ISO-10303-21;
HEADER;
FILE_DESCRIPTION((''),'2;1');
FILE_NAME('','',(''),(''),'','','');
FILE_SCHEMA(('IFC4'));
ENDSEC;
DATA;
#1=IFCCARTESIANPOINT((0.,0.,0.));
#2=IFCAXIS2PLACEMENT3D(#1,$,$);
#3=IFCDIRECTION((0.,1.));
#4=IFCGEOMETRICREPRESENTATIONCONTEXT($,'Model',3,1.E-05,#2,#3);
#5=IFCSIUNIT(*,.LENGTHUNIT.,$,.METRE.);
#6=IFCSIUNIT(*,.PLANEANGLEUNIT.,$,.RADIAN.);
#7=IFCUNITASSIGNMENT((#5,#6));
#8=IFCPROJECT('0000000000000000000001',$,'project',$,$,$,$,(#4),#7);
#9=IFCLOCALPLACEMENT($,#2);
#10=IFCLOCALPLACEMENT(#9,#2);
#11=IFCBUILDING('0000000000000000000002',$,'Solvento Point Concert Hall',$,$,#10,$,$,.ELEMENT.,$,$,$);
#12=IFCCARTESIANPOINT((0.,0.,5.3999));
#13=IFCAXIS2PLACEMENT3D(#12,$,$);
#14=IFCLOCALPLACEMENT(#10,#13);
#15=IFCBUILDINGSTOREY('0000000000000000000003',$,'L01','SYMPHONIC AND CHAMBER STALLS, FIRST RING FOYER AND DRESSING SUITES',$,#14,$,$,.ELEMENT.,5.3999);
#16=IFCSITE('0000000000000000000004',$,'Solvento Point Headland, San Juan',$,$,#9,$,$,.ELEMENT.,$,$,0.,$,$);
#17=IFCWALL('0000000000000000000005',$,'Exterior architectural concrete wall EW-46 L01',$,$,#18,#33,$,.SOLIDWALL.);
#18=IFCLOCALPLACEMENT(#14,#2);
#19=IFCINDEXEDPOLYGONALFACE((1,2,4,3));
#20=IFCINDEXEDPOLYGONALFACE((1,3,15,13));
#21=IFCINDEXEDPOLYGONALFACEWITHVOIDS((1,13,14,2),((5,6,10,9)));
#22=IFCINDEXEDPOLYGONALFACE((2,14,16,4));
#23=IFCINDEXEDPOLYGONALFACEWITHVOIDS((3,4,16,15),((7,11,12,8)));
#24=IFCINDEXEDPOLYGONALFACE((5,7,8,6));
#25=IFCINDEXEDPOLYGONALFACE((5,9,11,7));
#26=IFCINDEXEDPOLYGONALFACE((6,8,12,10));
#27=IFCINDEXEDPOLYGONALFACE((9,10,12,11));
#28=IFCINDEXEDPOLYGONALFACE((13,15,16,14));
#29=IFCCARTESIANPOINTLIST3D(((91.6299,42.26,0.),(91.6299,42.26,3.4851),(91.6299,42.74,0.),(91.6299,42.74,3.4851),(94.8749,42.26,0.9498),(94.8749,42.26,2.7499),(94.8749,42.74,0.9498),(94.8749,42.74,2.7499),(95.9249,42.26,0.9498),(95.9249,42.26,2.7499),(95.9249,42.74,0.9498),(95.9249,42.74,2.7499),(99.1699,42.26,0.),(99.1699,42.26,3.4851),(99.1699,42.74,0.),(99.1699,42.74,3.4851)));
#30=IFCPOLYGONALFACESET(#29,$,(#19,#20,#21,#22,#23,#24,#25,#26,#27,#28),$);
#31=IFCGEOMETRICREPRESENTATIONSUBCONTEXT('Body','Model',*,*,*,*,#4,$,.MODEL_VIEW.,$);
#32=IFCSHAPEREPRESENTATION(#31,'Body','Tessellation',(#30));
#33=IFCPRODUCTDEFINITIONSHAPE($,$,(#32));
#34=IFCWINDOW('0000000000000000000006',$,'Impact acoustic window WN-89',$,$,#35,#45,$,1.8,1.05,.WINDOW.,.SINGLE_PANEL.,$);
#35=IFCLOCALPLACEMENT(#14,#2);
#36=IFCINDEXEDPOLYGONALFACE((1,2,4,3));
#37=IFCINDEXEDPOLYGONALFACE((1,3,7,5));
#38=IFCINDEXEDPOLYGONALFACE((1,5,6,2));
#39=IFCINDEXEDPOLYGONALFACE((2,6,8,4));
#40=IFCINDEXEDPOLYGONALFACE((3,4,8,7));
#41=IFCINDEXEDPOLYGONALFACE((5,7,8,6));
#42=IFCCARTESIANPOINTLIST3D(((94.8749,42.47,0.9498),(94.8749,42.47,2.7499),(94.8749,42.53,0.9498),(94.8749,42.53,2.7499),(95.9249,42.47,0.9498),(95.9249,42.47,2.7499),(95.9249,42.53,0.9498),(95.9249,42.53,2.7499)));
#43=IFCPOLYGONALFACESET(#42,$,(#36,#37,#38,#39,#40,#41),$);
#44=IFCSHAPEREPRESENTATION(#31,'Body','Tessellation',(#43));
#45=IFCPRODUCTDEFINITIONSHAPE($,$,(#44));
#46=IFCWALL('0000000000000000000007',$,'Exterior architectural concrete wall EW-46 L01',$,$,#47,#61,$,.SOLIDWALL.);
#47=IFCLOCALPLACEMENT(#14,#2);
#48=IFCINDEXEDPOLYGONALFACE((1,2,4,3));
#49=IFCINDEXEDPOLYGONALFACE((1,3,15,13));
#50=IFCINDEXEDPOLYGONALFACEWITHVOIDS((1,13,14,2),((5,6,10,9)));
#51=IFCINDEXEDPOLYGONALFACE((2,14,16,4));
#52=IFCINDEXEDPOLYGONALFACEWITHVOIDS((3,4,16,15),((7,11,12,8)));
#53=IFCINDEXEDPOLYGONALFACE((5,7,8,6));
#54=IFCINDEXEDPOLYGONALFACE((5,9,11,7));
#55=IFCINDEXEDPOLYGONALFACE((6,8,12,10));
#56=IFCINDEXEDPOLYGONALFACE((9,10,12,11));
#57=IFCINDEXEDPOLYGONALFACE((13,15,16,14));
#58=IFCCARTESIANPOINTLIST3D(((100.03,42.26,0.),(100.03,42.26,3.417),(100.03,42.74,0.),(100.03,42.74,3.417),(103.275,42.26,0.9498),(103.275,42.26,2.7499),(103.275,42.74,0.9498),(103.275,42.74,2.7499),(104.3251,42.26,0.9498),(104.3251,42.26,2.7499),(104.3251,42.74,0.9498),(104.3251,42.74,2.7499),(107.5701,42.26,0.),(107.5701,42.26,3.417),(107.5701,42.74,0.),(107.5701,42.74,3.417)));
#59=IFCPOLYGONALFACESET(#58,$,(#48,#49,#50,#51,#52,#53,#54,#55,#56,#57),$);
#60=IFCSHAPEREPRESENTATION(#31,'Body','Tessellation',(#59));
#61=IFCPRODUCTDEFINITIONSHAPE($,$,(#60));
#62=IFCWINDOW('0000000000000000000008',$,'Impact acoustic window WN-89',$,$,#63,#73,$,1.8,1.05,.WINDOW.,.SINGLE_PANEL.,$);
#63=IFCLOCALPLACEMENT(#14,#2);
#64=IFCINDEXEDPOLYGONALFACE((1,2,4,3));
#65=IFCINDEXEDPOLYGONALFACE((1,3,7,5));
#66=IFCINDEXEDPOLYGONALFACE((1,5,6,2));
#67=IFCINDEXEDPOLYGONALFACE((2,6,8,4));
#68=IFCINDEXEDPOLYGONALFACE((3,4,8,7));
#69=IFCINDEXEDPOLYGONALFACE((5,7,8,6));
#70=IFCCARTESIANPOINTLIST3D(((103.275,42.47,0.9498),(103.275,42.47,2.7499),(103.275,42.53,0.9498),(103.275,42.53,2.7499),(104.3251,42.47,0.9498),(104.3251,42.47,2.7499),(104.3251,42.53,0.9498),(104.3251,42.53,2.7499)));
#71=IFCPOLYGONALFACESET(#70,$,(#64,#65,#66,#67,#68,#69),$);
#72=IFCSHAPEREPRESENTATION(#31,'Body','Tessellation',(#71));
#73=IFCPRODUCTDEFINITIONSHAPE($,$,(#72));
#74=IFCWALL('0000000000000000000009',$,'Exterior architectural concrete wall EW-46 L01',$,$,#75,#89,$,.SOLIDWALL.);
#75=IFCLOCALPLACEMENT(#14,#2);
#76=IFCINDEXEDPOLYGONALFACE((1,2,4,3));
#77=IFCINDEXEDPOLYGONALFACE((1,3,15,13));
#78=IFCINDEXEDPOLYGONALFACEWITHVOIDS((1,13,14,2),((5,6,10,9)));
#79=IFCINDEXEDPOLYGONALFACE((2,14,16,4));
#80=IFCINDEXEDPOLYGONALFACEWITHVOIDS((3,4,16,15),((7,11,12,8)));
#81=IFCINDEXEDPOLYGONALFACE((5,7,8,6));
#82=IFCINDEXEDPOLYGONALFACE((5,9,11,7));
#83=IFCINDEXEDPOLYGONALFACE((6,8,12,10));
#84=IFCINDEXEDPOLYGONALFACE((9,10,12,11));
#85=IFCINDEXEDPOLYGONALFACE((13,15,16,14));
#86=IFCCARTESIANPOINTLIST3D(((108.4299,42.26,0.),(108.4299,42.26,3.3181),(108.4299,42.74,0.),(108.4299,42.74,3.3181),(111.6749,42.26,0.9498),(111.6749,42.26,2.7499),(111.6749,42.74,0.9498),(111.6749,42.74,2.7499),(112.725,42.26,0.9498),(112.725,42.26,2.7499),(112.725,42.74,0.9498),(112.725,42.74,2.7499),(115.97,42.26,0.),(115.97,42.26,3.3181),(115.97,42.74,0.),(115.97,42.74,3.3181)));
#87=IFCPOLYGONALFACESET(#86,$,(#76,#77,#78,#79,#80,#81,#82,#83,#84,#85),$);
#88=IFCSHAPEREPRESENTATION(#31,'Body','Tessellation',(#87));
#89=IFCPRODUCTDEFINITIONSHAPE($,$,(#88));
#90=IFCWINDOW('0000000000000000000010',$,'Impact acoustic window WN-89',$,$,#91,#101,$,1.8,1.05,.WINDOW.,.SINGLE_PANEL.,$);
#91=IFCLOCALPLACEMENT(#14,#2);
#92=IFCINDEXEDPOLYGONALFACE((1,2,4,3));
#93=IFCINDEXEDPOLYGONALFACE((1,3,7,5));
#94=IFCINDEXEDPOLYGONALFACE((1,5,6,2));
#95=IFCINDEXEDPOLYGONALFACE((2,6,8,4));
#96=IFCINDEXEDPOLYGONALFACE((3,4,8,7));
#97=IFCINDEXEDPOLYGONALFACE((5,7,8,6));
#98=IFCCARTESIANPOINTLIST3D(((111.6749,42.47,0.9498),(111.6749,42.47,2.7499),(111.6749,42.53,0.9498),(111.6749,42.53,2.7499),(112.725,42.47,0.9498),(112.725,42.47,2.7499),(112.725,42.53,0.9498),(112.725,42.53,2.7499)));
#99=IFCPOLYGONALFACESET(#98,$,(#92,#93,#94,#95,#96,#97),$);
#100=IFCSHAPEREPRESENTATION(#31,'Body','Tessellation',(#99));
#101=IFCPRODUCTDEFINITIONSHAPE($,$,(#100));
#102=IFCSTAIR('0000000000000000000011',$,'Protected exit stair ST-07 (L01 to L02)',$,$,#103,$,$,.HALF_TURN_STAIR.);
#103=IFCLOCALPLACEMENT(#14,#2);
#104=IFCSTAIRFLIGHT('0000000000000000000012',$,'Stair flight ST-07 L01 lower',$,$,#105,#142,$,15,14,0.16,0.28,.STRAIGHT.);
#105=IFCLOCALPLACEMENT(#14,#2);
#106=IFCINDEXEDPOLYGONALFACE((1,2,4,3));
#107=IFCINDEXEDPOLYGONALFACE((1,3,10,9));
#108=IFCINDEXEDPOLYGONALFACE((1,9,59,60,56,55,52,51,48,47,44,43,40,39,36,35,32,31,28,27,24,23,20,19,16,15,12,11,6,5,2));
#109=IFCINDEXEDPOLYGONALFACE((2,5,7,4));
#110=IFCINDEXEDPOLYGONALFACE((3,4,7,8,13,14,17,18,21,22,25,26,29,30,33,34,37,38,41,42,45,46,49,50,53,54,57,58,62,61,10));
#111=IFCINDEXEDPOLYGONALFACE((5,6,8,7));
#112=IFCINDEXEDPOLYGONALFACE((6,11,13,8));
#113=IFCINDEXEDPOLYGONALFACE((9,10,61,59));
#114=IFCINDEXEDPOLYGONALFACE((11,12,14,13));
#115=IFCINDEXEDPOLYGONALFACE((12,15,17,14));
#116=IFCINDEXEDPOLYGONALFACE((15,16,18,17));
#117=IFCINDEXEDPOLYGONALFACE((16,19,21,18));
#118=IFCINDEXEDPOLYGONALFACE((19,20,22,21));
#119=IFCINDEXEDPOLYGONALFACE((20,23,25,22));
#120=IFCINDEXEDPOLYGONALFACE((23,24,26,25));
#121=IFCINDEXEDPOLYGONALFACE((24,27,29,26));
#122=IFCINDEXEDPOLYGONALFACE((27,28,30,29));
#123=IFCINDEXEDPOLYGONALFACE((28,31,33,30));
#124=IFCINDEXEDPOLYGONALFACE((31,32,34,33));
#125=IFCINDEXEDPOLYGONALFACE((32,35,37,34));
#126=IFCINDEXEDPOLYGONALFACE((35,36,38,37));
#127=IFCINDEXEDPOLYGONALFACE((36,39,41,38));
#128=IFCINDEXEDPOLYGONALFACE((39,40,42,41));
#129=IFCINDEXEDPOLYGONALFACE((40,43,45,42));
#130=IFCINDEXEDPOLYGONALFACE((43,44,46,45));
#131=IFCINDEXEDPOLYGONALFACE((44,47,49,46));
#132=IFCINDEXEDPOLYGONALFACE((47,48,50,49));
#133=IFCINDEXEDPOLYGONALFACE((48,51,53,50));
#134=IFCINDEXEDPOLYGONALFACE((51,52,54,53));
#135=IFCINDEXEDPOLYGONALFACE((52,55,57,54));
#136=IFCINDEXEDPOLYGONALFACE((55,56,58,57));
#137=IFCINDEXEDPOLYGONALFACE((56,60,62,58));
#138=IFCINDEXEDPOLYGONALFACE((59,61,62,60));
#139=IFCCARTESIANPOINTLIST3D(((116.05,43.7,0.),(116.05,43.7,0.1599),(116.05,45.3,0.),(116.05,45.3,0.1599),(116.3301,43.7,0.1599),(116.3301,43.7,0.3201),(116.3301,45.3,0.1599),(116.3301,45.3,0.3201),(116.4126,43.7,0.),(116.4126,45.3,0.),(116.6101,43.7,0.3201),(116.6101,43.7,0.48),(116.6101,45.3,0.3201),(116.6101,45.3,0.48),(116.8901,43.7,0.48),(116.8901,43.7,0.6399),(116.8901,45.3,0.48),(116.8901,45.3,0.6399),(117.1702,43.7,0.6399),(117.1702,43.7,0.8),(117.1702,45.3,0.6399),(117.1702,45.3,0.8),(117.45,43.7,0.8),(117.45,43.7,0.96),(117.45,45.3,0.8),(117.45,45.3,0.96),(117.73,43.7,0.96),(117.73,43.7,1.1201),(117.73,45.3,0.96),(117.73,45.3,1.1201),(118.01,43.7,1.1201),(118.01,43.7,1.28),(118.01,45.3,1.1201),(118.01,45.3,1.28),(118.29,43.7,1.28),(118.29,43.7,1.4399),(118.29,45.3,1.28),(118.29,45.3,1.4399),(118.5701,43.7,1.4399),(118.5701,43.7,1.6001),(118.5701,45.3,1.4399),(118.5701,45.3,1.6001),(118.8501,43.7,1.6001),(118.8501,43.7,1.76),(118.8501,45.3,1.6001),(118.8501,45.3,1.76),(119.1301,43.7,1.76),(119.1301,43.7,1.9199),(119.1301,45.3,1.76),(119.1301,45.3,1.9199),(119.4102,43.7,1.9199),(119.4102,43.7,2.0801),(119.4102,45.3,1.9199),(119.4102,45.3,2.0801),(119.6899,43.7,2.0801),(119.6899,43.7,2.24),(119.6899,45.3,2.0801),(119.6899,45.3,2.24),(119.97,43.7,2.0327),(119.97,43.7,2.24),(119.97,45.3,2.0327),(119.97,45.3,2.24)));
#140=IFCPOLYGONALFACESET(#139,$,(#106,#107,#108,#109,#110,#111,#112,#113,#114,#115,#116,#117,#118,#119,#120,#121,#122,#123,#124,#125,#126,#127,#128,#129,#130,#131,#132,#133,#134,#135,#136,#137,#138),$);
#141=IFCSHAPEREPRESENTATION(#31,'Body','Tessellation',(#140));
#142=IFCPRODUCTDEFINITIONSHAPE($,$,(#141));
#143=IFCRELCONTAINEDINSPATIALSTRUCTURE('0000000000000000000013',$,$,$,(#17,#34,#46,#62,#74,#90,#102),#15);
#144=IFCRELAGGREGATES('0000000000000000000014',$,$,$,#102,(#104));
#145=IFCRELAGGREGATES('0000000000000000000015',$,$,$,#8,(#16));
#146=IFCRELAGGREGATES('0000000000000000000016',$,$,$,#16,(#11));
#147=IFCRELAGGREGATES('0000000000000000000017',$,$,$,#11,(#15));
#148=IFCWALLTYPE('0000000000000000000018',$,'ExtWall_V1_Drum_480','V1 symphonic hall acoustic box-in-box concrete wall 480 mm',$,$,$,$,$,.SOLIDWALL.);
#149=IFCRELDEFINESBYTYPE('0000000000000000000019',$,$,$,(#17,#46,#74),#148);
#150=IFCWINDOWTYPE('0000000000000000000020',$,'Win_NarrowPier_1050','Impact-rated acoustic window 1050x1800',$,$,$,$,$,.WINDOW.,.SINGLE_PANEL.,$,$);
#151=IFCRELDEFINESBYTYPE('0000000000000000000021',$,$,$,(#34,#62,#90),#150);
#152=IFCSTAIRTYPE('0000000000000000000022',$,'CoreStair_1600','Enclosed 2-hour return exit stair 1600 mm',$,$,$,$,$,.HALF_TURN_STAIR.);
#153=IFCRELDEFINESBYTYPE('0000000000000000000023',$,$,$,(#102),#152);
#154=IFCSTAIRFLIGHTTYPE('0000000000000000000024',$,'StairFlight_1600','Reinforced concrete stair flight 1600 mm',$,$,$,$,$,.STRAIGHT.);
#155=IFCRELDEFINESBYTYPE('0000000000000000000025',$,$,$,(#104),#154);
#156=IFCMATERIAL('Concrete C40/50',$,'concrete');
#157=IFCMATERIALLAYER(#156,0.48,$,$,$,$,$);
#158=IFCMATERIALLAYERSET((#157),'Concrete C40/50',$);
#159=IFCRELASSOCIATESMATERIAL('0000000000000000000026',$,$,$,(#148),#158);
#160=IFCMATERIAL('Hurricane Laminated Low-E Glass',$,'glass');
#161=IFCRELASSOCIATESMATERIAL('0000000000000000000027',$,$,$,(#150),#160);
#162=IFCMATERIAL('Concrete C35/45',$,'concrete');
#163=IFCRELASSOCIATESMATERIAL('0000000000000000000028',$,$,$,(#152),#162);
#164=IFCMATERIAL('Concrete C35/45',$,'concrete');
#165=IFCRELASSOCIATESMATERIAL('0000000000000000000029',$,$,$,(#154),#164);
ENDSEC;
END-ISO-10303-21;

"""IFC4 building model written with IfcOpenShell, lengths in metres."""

from ifc_helpers import new_model, si_unit, direction, frame, frame_2d, origin, place, context, subcontext, project, spatial, polyline, rectangle, outline, extrude, material, layer, layer_set, type_object, element, fill, aggregate, save


model = new_model("IFC4")

# Units and contexts
model_context = context("Model", 3, precision=1e-05, world=origin(), true_north=direction((0.0, 1.0)))
body_context = subcontext(model_context, "Body", "Model", "MODEL_VIEW")
ifc_project = project(units=[si_unit("LENGTHUNIT", "METRE"), si_unit("PLANEANGLEUNIT", "RADIAN")], contexts=[model_context])

# Site, building, storey
site_placement = place(None, origin())
site = spatial("IfcSite", under=ifc_project, at=site_placement, Name="Solvento Point Headland, San Juan", CompositionType="ELEMENT", RefElevation=0.0)
building_placement = place(site_placement, origin())
building = spatial("IfcBuilding", under=site, at=building_placement, Name="Solvento Point Concert Hall", CompositionType="ELEMENT")
storey_placement = place(building_placement, frame((0.0, 0.0, 5.3999)))
storey = spatial("IfcBuildingStorey", under=building, at=storey_placement, Name="L01", Description="SYMPHONIC AND CHAMBER STALLS, FIRST RING FOYER AND DRESSING SUITES", CompositionType="ELEMENT", Elevation=5.3999)

# Walls, openings, windows
ifc_material_1 = material(Name="Concrete C40/50", Category="concrete")
ifc_layer_1 = layer(ifc_material_1, 0.48)
ifc_layer_set_1 = layer_set([ifc_layer_1], Name="Concrete C40/50")
wall_type_1 = type_object("IfcWallType", Name="ExtWall_V1_Drum_480", Description="V1 symphonic hall acoustic box-in-box concrete wall 480 mm", PredefinedType="SOLIDWALL", material=ifc_layer_set_1)
wall_1_placement = place(storey_placement, frame((99.1699, 42.5, 0.0), z_axis=(0.0, 0.0, 1.0), x_axis=(-1.0, 0.0, 0.0)))
wall_1 = element("IfcWall", 1, at=wall_1_placement, inside=storey, type_object=wall_type_1, Name="Exterior architectural concrete wall EW-46 L01", PredefinedType="SOLIDWALL", context=body_context, shape_type="SweptSolid", body=[
    extrude(rectangle(XDim=7.54, YDim=0.48, at=frame_2d((3.77, 0.0))), origin(), (0.0, 0.0, 1.0), 3.4851),
])
opening_1_placement = place(wall_1_placement, frame((3.2451, 0.0, 0.95)))
opening_1 = element("IfcOpeningElement", 2, at=opening_1_placement, cuts=wall_1, PredefinedType="OPENING", context=body_context, shape_type="SweptSolid", body=[
    extrude(rectangle(XDim=1.05, YDim=1.8, at=frame_2d((0.5249, 0.8999))), frame((0.0, 0.25, 0.0), z_axis=(0.0, -1.0, 0.0), x_axis=(1.0, 0.0, 0.0)), (0.0, 0.0, 1.0), 0.5),
])
ifc_material_2 = material(Name="Hurricane Laminated Low-E Glass", Category="glass")
window_type = type_object("IfcWindowType", Name="Win_NarrowPier_1050", Description="Impact-rated acoustic window 1050x1800", PartitioningType="SINGLE_PANEL", PredefinedType="WINDOW", material=ifc_material_2)
window_1_placement = place(opening_1_placement, origin())
window_1 = element("IfcWindow", 3, at=window_1_placement, inside=storey, type_object=window_type, Name="Impact acoustic window WN-89", OverallHeight=1.8, OverallWidth=1.05, PartitioningType="SINGLE_PANEL", PredefinedType="WINDOW", context=body_context, shape_type="SweptSolid", body=[
    extrude(rectangle(XDim=1.05, YDim=1.8, at=frame_2d((0.5249, 0.8999))), frame((0.0, 0.03, 0.0), z_axis=(0.0, -1.0, 0.0), x_axis=(1.0, 0.0, 0.0)), (0.0, 0.0, 1.0), 0.0601),
])
fill(opening_1, window_1)
wall_2_placement = place(storey_placement, frame((107.5701, 42.5, 0.0), z_axis=(0.0, 0.0, 1.0), x_axis=(-1.0, 0.0, 0.0)))
wall_2 = element("IfcWall", 4, at=wall_2_placement, inside=storey, type_object=wall_type_1, Name="Exterior architectural concrete wall EW-46 L01", PredefinedType="SOLIDWALL", context=body_context, shape_type="SweptSolid", body=[
    extrude(rectangle(XDim=7.54, YDim=0.48, at=frame_2d((3.77, 0.0))), origin(), (0.0, 0.0, 1.0), 3.417),
])
opening_2_placement = place(wall_2_placement, frame((3.2451, 0.0, 0.95)))
opening_2 = element("IfcOpeningElement", 5, at=opening_2_placement, cuts=wall_2, PredefinedType="OPENING", context=body_context, shape_type="SweptSolid", body=[
    extrude(rectangle(XDim=1.05, YDim=1.8, at=frame_2d((0.5249, 0.8999))), frame((0.0, 0.25, 0.0), z_axis=(0.0, -1.0, 0.0), x_axis=(1.0, 0.0, 0.0)), (0.0, 0.0, 1.0), 0.5),
])
window_2_placement = place(opening_2_placement, origin())
window_2 = element("IfcWindow", 6, at=window_2_placement, inside=storey, type_object=window_type, Name="Impact acoustic window WN-89", OverallHeight=1.8, OverallWidth=1.05, PartitioningType="SINGLE_PANEL", PredefinedType="WINDOW", context=body_context, shape_type="SweptSolid", body=[
    extrude(rectangle(XDim=1.05, YDim=1.8, at=frame_2d((0.5249, 0.8999))), frame((0.0, 0.03, 0.0), z_axis=(0.0, -1.0, 0.0), x_axis=(1.0, 0.0, 0.0)), (0.0, 0.0, 1.0), 0.0601),
])
fill(opening_2, window_2)
wall_3_placement = place(storey_placement, frame((115.97, 42.5, 0.0), z_axis=(0.0, 0.0, 1.0), x_axis=(-1.0, 0.0, 0.0)))
wall_3 = element("IfcWall", 7, at=wall_3_placement, inside=storey, type_object=wall_type_1, Name="Exterior architectural concrete wall EW-46 L01", PredefinedType="SOLIDWALL", context=body_context, shape_type="SweptSolid", body=[
    extrude(rectangle(XDim=7.54, YDim=0.48, at=frame_2d((3.77, 0.0))), origin(), (0.0, 0.0, 1.0), 3.3181),
])
opening_3_placement = place(wall_3_placement, frame((3.2451, 0.0, 0.95)))
opening_3 = element("IfcOpeningElement", 8, at=opening_3_placement, cuts=wall_3, PredefinedType="OPENING", context=body_context, shape_type="SweptSolid", body=[
    extrude(rectangle(XDim=1.05, YDim=1.8, at=frame_2d((0.5249, 0.8999))), frame((0.0, 0.25, 0.0), z_axis=(0.0, -1.0, 0.0), x_axis=(1.0, 0.0, 0.0)), (0.0, 0.0, 1.0), 0.5),
])
window_3_placement = place(opening_3_placement, origin())
window_3 = element("IfcWindow", 9, at=window_3_placement, inside=storey, type_object=window_type, Name="Impact acoustic window WN-89", OverallHeight=1.8, OverallWidth=1.05, PartitioningType="SINGLE_PANEL", PredefinedType="WINDOW", context=body_context, shape_type="SweptSolid", body=[
    extrude(rectangle(XDim=1.05, YDim=1.8, at=frame_2d((0.5249, 0.8999))), frame((0.0, 0.03, 0.0), z_axis=(0.0, -1.0, 0.0), x_axis=(1.0, 0.0, 0.0)), (0.0, 0.0, 1.0), 0.0601),
])
fill(opening_3, window_3)

# Stair, stair flight
ifc_material_3 = material(Name="Concrete C35/45", Category="concrete")
stair_type_1 = type_object("IfcStairType", Name="CoreStair_1600", Description="Enclosed 2-hour return exit stair 1600 mm", PredefinedType="HALF_TURN_STAIR", material=ifc_material_3)
stair_1_placement = place(storey_placement, origin())
stair_1 = element("IfcStair", 10, at=stair_1_placement, inside=storey, type_object=stair_type_1, Name="Protected exit stair ST-07 (L01 to L02)", PredefinedType="HALF_TURN_STAIR")
ifc_material_4 = material(Name="Concrete C35/45", Category="concrete")
stair_flight_type_1 = type_object("IfcStairFlightType", Name="StairFlight_1600", Description="Reinforced concrete stair flight 1600 mm", PredefinedType="STRAIGHT", material=ifc_material_4)
stair_flight_1_placement = place(storey_placement, frame((116.05, 44.5, 0.0), z_axis=(0.0, 0.0, 1.0), x_axis=(1.0, 0.0, 0.0)))
stair_flight_1 = element("IfcStairFlight", 11, at=stair_flight_1_placement, type_object=stair_flight_type_1, Name="Stair flight ST-07 L01 lower", NumberOfRisers=15, NumberOfTreads=14, PredefinedType="STRAIGHT", RiserHeight=0.16, TreadLength=0.28, context=body_context, shape_type="SweptSolid", body=[
    extrude(outline(polyline([(0.0, 0.0), (0.0, 0.1599), (0.28, 0.1599), (0.28, 0.3201), (0.5601, 0.3201), (0.5601, 0.48), (0.8401, 0.48), (0.8401, 0.6399), (1.1201, 0.6399), (1.1201, 0.8), (1.3999, 0.8), (1.3999, 0.96), (1.6799, 0.96), (1.6799, 1.1201), (1.96, 1.1201), (1.96, 1.28), (2.24, 1.28), (2.24, 1.4399), (2.52, 1.4399), (2.52, 1.6001), (2.8, 1.6001), (2.8, 1.76), (3.0801, 1.76), (3.0801, 1.9199), (3.3601, 1.9199), (3.3601, 2.0801), (3.6399, 2.0801), (3.6399, 2.24), (3.9199, 2.24), (3.9199, 2.3999), (3.9199, 2.0327), (0.3625, 0.0), (0.0, 0.0)])), frame((0.0, 0.8, 0.0), z_axis=(0.0, -1.0, 0.0), x_axis=(1.0, 0.0, 0.0)), (0.0, 0.0, 1.0), 1.6001),
])
aggregate(stair_1, [stair_flight_1])

save(model, "model.ifc")
